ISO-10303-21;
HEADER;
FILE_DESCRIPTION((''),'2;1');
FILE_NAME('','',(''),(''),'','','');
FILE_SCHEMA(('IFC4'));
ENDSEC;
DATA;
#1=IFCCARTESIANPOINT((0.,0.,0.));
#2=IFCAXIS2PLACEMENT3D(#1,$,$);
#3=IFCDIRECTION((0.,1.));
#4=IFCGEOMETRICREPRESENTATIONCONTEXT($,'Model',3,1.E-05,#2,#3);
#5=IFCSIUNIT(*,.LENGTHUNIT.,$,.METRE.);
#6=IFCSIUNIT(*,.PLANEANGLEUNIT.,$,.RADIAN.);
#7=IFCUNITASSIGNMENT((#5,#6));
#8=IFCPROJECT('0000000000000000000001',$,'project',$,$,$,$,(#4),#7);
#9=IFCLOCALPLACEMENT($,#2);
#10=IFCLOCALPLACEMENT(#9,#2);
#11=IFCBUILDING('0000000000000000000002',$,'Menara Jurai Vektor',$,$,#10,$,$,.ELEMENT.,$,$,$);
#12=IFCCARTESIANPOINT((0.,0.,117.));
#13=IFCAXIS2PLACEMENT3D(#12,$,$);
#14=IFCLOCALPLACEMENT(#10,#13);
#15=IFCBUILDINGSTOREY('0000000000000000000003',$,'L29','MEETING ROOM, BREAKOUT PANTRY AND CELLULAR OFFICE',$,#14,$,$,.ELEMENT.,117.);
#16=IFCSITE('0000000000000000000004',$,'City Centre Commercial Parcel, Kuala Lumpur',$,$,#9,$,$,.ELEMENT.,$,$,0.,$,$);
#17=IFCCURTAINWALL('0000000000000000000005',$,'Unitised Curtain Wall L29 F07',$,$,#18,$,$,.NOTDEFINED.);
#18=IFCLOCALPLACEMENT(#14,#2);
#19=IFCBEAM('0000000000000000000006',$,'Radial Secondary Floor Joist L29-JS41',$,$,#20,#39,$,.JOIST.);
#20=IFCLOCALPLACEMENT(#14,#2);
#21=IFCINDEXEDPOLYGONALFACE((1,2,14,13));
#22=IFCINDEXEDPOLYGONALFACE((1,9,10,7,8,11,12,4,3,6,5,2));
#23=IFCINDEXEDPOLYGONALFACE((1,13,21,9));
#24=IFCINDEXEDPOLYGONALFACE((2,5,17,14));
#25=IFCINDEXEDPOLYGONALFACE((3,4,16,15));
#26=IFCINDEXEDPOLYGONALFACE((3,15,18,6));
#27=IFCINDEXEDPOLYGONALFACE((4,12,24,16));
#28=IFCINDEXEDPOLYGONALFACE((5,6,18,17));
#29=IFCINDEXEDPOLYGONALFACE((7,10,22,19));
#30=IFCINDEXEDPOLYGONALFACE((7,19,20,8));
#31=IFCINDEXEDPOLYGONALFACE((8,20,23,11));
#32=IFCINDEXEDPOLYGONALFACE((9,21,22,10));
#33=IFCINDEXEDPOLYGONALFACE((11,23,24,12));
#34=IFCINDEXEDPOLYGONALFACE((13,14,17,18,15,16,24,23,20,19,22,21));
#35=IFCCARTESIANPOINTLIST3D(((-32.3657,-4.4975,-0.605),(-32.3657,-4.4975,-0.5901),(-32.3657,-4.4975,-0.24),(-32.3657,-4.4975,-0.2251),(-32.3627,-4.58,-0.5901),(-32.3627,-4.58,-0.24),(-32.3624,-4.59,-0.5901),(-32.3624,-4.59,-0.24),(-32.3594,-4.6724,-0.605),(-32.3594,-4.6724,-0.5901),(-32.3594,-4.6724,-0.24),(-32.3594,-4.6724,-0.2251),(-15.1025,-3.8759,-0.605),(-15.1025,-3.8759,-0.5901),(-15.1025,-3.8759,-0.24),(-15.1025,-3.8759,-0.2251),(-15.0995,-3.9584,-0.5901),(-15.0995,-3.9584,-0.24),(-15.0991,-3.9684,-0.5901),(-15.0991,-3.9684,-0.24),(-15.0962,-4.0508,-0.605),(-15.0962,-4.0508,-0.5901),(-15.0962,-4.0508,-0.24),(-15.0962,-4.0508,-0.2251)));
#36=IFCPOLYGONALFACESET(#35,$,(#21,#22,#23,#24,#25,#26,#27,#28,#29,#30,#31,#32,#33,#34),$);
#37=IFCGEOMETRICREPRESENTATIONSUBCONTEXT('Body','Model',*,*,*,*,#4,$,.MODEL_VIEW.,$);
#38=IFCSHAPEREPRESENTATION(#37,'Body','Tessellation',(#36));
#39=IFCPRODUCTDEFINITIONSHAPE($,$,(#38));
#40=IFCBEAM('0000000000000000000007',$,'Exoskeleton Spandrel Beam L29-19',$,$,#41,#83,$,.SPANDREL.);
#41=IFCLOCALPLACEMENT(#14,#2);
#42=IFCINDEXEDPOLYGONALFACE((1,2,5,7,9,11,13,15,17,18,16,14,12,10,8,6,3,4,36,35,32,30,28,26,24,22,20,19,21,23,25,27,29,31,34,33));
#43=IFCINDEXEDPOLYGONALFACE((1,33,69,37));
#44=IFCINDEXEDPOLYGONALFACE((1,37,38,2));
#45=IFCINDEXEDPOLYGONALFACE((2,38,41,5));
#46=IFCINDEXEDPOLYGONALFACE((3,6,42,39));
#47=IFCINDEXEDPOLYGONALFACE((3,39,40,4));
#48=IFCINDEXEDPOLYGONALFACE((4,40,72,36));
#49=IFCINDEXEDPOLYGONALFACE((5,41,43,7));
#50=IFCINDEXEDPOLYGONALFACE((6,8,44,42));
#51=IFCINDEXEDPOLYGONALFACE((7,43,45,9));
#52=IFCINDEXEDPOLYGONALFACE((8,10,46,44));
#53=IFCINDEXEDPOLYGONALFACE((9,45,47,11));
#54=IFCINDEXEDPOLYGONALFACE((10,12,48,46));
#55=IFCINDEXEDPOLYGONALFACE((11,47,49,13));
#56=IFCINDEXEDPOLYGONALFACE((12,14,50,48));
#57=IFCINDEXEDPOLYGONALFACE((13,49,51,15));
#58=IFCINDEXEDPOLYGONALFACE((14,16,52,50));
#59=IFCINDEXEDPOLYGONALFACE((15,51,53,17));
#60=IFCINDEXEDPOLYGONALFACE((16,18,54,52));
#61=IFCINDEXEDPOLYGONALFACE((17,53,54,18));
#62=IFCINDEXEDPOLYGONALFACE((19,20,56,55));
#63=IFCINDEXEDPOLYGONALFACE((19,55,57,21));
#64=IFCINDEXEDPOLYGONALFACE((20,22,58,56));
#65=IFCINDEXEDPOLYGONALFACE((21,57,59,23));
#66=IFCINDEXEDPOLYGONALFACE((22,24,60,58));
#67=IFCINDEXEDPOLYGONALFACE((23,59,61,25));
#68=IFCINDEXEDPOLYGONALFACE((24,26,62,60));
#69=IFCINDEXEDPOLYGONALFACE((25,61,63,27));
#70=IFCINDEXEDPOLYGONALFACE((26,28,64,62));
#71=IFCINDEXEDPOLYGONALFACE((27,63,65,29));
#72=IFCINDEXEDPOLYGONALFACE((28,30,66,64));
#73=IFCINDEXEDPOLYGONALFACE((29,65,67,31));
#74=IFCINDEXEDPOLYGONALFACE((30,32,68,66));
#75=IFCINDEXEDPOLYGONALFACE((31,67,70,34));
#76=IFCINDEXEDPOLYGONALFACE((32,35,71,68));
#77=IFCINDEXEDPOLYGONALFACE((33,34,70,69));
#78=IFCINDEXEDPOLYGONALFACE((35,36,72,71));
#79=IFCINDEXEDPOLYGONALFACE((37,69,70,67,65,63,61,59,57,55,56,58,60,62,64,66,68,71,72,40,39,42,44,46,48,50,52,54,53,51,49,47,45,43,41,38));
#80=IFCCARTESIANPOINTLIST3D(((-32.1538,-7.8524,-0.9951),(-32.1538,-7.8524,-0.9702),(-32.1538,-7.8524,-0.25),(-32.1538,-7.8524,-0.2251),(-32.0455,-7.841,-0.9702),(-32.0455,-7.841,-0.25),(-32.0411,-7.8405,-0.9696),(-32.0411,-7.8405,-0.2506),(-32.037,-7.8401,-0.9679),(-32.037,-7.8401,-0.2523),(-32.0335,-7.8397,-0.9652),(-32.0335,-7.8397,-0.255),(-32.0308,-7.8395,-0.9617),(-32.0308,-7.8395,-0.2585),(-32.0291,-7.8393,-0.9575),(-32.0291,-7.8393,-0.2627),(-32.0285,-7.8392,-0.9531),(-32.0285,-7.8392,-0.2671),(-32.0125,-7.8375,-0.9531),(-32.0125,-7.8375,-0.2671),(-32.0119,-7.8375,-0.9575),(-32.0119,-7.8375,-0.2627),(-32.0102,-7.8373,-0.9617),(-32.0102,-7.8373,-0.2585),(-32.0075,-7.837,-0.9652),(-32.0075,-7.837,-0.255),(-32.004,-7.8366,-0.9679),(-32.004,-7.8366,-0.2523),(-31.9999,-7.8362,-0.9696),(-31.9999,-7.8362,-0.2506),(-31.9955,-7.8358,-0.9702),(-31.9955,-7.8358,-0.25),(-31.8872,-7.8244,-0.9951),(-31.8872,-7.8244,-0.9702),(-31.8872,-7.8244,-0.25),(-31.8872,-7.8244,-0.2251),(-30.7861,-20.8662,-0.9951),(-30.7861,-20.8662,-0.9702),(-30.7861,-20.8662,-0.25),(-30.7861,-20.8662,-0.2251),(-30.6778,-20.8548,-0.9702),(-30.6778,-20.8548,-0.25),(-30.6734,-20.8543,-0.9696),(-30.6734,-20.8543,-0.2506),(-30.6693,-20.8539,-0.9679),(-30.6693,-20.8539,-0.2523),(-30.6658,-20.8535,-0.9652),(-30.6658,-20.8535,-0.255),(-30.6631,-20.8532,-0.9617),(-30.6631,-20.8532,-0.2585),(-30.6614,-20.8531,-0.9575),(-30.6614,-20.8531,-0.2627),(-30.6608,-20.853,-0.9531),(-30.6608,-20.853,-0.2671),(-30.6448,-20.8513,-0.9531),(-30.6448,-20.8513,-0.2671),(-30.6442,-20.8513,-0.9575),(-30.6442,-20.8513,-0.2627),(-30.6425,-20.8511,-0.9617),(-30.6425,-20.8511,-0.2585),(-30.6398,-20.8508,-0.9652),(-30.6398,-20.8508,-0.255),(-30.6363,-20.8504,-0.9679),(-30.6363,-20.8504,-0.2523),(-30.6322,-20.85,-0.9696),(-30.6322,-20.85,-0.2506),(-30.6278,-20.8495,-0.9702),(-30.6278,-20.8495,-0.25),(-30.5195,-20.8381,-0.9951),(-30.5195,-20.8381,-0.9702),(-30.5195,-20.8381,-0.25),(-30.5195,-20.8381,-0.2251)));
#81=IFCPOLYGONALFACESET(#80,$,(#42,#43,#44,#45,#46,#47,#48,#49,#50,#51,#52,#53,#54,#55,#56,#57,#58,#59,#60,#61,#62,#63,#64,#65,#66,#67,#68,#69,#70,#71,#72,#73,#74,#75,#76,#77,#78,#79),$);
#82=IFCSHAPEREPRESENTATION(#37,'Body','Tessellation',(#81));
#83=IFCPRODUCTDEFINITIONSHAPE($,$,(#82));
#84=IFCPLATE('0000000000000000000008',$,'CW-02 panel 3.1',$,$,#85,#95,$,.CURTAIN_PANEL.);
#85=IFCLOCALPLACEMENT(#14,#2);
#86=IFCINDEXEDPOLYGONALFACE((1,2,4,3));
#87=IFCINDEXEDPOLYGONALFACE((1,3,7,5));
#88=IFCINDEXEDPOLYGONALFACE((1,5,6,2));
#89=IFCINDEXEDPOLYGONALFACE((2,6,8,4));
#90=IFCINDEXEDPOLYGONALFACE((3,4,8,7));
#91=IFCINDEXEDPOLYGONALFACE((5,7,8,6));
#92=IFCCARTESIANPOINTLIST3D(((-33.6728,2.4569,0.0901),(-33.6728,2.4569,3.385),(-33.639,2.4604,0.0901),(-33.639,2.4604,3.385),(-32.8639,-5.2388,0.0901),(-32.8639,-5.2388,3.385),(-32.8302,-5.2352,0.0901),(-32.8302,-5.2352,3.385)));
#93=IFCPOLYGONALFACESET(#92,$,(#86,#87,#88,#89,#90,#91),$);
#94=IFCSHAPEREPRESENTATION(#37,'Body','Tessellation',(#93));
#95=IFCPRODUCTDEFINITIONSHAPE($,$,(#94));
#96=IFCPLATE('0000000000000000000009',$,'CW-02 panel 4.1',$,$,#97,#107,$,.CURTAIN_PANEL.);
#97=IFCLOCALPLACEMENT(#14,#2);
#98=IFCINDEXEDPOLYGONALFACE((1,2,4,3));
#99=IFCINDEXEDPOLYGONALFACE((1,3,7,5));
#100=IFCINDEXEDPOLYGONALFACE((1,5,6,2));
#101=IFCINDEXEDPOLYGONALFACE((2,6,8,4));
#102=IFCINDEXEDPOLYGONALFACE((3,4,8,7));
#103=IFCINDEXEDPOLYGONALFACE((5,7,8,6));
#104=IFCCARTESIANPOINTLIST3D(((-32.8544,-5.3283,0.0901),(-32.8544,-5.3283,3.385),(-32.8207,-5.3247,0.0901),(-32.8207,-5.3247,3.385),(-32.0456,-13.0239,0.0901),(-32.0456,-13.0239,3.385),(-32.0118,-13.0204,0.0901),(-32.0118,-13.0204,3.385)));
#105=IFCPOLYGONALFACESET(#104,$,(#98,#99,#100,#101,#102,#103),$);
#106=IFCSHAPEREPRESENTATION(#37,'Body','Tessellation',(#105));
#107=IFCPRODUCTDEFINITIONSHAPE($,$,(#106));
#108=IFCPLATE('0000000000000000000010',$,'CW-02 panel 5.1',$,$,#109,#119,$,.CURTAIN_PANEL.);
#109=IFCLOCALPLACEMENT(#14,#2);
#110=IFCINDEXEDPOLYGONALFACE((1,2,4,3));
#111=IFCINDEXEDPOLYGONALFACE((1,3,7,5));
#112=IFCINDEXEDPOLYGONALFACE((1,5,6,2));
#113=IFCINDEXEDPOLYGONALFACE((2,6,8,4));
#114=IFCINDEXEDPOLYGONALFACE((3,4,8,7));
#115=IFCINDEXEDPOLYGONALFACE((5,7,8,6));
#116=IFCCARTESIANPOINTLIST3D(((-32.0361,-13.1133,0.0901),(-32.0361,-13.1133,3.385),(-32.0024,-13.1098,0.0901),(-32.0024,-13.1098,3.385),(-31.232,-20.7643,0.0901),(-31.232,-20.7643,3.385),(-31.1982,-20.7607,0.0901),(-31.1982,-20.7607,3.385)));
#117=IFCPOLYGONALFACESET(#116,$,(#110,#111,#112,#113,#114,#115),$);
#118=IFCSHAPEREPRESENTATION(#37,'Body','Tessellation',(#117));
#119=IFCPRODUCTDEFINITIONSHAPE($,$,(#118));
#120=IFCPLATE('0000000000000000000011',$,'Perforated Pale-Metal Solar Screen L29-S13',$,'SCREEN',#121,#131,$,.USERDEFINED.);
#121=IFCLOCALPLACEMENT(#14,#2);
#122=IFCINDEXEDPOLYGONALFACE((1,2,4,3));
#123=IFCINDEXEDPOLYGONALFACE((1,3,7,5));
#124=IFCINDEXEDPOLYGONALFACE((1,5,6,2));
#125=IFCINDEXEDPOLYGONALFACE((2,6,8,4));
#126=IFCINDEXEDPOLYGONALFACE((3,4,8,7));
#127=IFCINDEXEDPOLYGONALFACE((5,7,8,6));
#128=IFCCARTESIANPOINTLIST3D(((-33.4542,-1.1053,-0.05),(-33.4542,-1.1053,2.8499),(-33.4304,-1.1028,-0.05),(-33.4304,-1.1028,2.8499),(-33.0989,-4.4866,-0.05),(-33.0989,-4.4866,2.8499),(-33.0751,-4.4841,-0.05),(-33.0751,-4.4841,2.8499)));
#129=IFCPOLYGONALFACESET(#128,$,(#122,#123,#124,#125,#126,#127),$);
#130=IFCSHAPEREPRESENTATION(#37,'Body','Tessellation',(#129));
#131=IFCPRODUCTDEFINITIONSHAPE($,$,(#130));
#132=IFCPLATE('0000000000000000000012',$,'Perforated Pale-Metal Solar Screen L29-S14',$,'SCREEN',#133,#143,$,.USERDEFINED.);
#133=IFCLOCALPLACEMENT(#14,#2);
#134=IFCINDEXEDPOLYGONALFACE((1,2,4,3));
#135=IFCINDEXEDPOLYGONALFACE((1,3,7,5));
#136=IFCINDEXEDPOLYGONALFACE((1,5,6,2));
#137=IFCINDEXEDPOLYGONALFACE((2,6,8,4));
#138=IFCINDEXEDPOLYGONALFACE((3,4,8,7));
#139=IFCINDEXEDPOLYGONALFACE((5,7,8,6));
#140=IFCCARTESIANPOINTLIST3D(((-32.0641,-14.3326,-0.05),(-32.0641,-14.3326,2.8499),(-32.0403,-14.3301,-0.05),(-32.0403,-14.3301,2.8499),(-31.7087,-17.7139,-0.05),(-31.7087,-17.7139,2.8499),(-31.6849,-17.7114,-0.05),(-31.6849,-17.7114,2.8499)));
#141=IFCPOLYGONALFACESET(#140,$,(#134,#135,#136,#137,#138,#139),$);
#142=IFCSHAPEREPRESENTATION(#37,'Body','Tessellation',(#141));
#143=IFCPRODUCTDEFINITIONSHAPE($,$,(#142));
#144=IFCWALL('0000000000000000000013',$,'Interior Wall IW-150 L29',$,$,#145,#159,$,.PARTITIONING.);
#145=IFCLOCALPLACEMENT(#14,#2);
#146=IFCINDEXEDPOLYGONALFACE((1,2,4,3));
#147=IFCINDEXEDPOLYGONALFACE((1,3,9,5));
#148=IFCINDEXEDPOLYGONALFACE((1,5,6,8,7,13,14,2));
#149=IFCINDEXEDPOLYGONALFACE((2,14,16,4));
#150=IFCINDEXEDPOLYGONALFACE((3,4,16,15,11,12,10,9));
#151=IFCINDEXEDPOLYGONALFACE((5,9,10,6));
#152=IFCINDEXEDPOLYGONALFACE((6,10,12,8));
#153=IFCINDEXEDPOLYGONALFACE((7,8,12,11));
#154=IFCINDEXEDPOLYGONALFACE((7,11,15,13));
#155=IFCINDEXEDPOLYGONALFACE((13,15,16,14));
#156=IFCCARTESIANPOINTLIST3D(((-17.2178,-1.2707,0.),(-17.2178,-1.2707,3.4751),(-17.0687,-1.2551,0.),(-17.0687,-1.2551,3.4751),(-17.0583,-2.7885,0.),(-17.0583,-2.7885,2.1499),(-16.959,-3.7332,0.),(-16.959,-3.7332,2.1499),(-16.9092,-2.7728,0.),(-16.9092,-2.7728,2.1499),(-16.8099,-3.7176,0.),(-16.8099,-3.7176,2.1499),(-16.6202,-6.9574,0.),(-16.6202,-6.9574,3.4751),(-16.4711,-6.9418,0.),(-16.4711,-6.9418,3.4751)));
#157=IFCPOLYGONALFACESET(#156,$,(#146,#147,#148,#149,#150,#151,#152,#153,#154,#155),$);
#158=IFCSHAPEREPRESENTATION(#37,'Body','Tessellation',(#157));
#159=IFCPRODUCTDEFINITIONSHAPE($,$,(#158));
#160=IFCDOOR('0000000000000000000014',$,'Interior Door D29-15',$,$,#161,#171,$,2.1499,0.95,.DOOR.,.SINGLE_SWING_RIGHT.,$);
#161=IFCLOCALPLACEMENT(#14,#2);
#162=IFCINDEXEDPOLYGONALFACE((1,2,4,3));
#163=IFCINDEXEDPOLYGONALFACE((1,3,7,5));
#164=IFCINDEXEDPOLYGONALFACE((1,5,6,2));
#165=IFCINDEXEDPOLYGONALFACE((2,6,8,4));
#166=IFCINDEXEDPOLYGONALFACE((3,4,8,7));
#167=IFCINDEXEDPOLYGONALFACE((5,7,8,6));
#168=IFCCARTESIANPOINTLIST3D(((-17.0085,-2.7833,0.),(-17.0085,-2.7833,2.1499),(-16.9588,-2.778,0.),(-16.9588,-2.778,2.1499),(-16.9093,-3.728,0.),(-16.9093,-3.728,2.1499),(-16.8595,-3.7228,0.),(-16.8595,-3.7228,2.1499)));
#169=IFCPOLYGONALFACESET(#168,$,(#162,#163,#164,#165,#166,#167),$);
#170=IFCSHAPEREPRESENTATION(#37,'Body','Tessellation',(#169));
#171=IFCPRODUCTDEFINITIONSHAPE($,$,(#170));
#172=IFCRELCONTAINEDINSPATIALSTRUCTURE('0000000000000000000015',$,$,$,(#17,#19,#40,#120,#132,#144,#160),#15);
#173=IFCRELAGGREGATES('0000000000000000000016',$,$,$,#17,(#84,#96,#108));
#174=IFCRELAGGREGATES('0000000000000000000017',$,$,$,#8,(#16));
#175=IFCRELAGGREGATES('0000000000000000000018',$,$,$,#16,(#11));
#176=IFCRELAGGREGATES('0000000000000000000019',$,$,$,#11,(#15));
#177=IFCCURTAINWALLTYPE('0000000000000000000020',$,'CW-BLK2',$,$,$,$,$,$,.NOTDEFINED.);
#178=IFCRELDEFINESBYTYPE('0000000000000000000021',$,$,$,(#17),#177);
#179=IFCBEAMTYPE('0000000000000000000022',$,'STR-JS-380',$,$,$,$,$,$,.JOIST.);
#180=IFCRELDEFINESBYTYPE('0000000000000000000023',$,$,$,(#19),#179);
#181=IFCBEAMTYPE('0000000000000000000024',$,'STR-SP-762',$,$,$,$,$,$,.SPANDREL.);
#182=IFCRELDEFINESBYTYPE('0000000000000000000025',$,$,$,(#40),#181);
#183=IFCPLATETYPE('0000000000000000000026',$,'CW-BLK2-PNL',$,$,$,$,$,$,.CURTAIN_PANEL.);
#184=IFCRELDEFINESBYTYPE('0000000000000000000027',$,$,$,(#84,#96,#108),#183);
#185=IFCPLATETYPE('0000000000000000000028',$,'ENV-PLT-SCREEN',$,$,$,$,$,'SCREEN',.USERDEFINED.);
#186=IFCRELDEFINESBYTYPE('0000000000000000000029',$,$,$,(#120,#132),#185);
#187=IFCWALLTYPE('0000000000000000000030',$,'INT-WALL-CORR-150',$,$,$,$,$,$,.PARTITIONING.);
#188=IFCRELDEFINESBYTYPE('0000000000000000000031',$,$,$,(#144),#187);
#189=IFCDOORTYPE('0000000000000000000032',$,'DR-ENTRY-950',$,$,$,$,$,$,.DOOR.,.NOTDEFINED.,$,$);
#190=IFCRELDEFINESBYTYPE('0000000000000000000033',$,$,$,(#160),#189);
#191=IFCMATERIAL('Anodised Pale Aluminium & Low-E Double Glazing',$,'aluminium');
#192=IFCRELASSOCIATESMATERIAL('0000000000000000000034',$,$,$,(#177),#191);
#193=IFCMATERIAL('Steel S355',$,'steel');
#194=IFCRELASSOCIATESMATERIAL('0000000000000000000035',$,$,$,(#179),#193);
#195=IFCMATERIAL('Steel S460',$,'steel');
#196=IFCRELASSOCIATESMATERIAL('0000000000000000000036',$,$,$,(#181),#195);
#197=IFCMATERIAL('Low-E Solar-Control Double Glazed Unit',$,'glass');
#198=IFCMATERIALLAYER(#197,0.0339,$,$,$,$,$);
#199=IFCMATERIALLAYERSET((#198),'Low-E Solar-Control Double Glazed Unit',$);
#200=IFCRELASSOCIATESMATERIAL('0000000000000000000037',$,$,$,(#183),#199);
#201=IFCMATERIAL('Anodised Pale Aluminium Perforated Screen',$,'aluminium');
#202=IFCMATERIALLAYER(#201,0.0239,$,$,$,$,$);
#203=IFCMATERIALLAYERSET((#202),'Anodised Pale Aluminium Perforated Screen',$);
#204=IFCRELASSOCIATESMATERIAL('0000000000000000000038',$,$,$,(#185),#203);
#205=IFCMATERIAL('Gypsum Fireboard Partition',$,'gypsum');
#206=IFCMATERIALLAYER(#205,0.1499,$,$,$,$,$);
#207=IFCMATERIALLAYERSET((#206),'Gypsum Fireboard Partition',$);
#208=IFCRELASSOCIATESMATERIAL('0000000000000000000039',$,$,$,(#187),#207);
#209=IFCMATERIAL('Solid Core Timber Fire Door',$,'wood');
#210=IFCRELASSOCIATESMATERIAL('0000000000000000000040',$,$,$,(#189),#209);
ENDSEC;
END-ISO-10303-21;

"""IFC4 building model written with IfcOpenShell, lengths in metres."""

from ifc_helpers import new_model, si_unit, direction, frame, frame_2d, origin, origin_2d, place, context, subcontext, project, spatial, rectangle, i_section, extrude, material, layer, layer_set, material_profile, profile_set, type_object, element, fill, aggregate, save


model = new_model("IFC4")

# Units and contexts
model_context = context("Model", 3, precision=1e-05, world=origin(), true_north=direction((0.0, 1.0)))
body_context = subcontext(model_context, "Body", "Model", "MODEL_VIEW")
ifc_project = project(units=[si_unit("LENGTHUNIT", "METRE"), si_unit("PLANEANGLEUNIT", "RADIAN")], contexts=[model_context])

# Site, building, storey
site_placement = place(None, origin())
site = spatial("IfcSite", under=ifc_project, at=site_placement, Name="City Centre Commercial Parcel, Kuala Lumpur", CompositionType="ELEMENT", RefElevation=0.0)
building_placement = place(site_placement, origin())
building = spatial("IfcBuilding", under=site, at=building_placement, Name="Menara Jurai Vektor", CompositionType="ELEMENT")
storey_placement = place(building_placement, frame((0.0, 0.0, 117.0)))
storey = spatial("IfcBuildingStorey", under=building, at=storey_placement, Name="L29", Description="MEETING ROOM, BREAKOUT PANTRY AND CELLULAR OFFICE", CompositionType="ELEMENT", Elevation=117.0)

# Shared definitions
ifc_material_1 = material(Name="Steel S460", Category="steel")

# Curtain wall
ifc_material_2 = material(Name="Anodised Pale Aluminium & Low-E Double Glazing", Category="aluminium")
curtain_wall_type = type_object("IfcCurtainWallType", Name="CW-BLK2", PredefinedType="NOTDEFINED", material=ifc_material_2)
curtain_wall_placement = place(storey_placement, origin())
curtain_wall = element("IfcCurtainWall", 1, at=curtain_wall_placement, inside=storey, type_object=curtain_wall_type, Name="Unitised Curtain Wall L29 F07", PredefinedType="NOTDEFINED")

# Beams
ifc_material_3 = material(Name="Steel S355", Category="steel")
ifc_material_profile_1 = material_profile(ifc_material_3, i_section(OverallWidth=0.175, OverallDepth=0.3799, WebThickness=0.01, FlangeThickness=0.0149, at=origin_2d()), Name="PG 380x175x58")
ifc_profile_set_1 = profile_set([ifc_material_profile_1], Name="Steel S355")
beam_type_1 = type_object("IfcBeamType", Name="STR-JS-380", PredefinedType="JOIST", material=ifc_profile_set_1)
beam_1_placement = place(storey_placement, frame((-32.3625, -4.585, -0.415), z_axis=(0.999352, 0.035983, 0.0), x_axis=(-0.035983, 0.999352, 0.0)))
element("IfcBeam", 2, at=beam_1_placement, inside=storey, type_object=beam_type_1, Name="Radial Secondary Floor Joist L29-JS41", PredefinedType="JOIST", context=body_context, shape_type="SweptSolid", body=[
    extrude(i_section(OverallWidth=0.175, OverallDepth=0.3799, WebThickness=0.01, FlangeThickness=0.0149, at=origin_2d()), origin(), (0.0, 0.0, 1.0), 17.2744),
])
ifc_material_profile_2 = material_profile(ifc_material_1, i_section(OverallWidth=0.2681, OverallDepth=0.77, WebThickness=0.0161, FlangeThickness=0.0249, FilletRadius=0.0171, at=origin_2d()), Name="UKB 762x267x197")
ifc_profile_set_2 = profile_set([ifc_material_profile_2], Name="Steel S460")
beam_type_2 = type_object("IfcBeamType", Name="STR-SP-762", PredefinedType="SPANDREL", material=ifc_profile_set_2)
beam_2_placement = place(storey_placement, frame((-32.0205, -7.8384, -0.6101), z_axis=(0.10452, -0.994523, 0.0), x_axis=(0.994523, 0.10452, 0.0)))
element("IfcBeam", 3, at=beam_2_placement, inside=storey, type_object=beam_type_2, Name="Exoskeleton Spandrel Beam L29-19", PredefinedType="SPANDREL", context=body_context, shape_type="SweptSolid", body=[
    extrude(i_section(OverallWidth=0.2681, OverallDepth=0.77, WebThickness=0.0161, FlangeThickness=0.0249, FilletRadius=0.0171, at=origin_2d()), origin(), (0.0, 0.0, 1.0), 13.0854),
])

# Plates
ifc_material_4 = material(Name="Low-E Solar-Control Double Glazed Unit", Category="glass")
ifc_layer_1 = layer(ifc_material_4, 0.0339)
ifc_layer_set_1 = layer_set([ifc_layer_1], Name="Low-E Solar-Control Double Glazed Unit")
plate_type_1 = type_object("IfcPlateType", Name="CW-BLK2-PNL", PredefinedType="CURTAIN_PANEL", material=ifc_layer_set_1)
plate_1_placement = place(storey_placement, frame((-33.2515, -1.3892, 0.0901), z_axis=(0.0, 0.0, 1.0), x_axis=(0.10453, -0.994522, 0.0)))
plate_1 = element("IfcPlate", 4, at=plate_1_placement, type_object=plate_type_1, Name="CW-02 panel 3.1", PredefinedType="CURTAIN_PANEL", context=body_context, shape_type="SweptSolid", body=[
    extrude(rectangle(XDim=7.738, YDim=0.0339, at=origin_2d()), origin(), (0.0, 0.0, 1.0), 3.2949),
])
plate_2_placement = place(storey_placement, frame((-32.4331, -9.1743, 0.0901), z_axis=(0.0, 0.0, 1.0), x_axis=(0.10453, -0.994522, 0.0)))
plate_2 = element("IfcPlate", 5, at=plate_2_placement, type_object=plate_type_1, Name="CW-02 panel 4.1", PredefinedType="CURTAIN_PANEL", context=body_context, shape_type="SweptSolid", body=[
    extrude(rectangle(XDim=7.738, YDim=0.0339, at=origin_2d()), origin(), (0.0, 0.0, 1.0), 3.2949),
])
plate_3_placement = place(storey_placement, frame((-31.6172, -16.937, 0.0901), z_axis=(0.0, 0.0, 1.0), x_axis=(0.10453, -0.994522, 0.0)))
plate_3 = element("IfcPlate", 6, at=plate_3_placement, type_object=plate_type_1, Name="CW-02 panel 5.1", PredefinedType="CURTAIN_PANEL", context=body_context, shape_type="SweptSolid", body=[
    extrude(rectangle(XDim=7.6931, YDim=0.0339, at=origin_2d()), origin(), (0.0, 0.0, 1.0), 3.2949),
])
aggregate(curtain_wall, [plate_1, plate_2, plate_3])

# Plates
ifc_material_5 = material(Name="Anodised Pale Aluminium Perforated Screen", Category="aluminium")
ifc_layer_2 = layer(ifc_material_5, 0.0239)
ifc_layer_set_2 = layer_set([ifc_layer_2], Name="Anodised Pale Aluminium Perforated Screen")
plate_type_2 = type_object("IfcPlateType", Name="ENV-PLT-SCREEN", ElementType="SCREEN", PredefinedType="USERDEFINED", material=ifc_layer_set_2)
for number, where, z_axis, x_axis, name in (
    (7, (-33.2646, -2.7947, -0.05), (0.0, 0.0, 1.0), (0.104528, -0.994522, 0.0), "Perforated Pale-Metal Solar Screen L29-S13"),
    (8, (-31.8745, -16.022, -0.05), (0.0, 0.0, 1.0), (0.104528, -0.994522, 0.0), "Perforated Pale-Metal Solar Screen L29-S14"),
):
    element("IfcPlate", number, at=place(storey_placement, frame(where, z_axis=z_axis, x_axis=x_axis)), inside=storey, type_object=plate_type_2, Name=name, ObjectType="SCREEN", PredefinedType="USERDEFINED", context=body_context, shape_type="SweptSolid", body=[
        extrude(rectangle(XDim=3.3999, YDim=0.0239, at=origin_2d()), origin(), (0.0, 0.0, 1.0), 2.8999),
    ])

# Wall, opening, door
ifc_material_6 = material(Name="Gypsum Fireboard Partition", Category="gypsum")
ifc_layer_3 = layer(ifc_material_6, 0.1499)
ifc_layer_set_3 = layer_set([ifc_layer_3], Name="Gypsum Fireboard Partition")
wall_type = type_object("IfcWallType", Name="INT-WALL-CORR-150", PredefinedType="PARTITIONING", material=ifc_layer_set_3)
ifc_material_7 = material(Name="Solid Core Timber Fire Door", Category="wood")
door_type = type_object("IfcDoorType", Name="DR-ENTRY-950", OperationType="NOTDEFINED", PredefinedType="DOOR", material=ifc_material_7)
wall_1_placement = place(storey_placement, frame((-16.5457, -6.9495, 0.0), z_axis=(0.0, 0.0, 1.0), x_axis=(-0.10452, 0.994523, 0.0)))
wall_1 = element("IfcWall", 9, at=wall_1_placement, inside=storey, type_object=wall_type, Name="Interior Wall IW-150 L29", PredefinedType="PARTITIONING", context=body_context, shape_type="SweptSolid", body=[
    extrude(rectangle(XDim=5.718, YDim=0.1499, at=frame_2d((2.8589, 0.0))), origin(), (0.0, 0.0, 1.0), 3.4751),
])
opening_1_placement = place(wall_1_placement, frame((3.2417, 0.0, 0.0)))
opening_1 = element("IfcOpeningElement", 10, at=opening_1_placement, cuts=wall_1, PredefinedType="OPENING", context=body_context, shape_type="SweptSolid", body=[
    extrude(rectangle(XDim=0.95, YDim=2.1499, at=frame_2d((0.4751, 1.075))), frame((0.0, 0.085, 0.0), z_axis=(0.0, -1.0, 0.0), x_axis=(1.0, 0.0, 0.0)), (0.0, 0.0, 1.0), 0.1699),
])
door_1_placement = place(opening_1_placement, origin())
door_1 = element("IfcDoor", 11, at=door_1_placement, inside=storey, type_object=door_type, Name="Interior Door D29-15", OperationType="SINGLE_SWING_RIGHT", OverallHeight=2.1499, OverallWidth=0.95, PredefinedType="DOOR", context=body_context, shape_type="SweptSolid", body=[
    extrude(rectangle(XDim=0.95, YDim=2.1499, at=frame_2d((0.4751, 1.075))), frame((0.0, 0.0249, 0.0), z_axis=(0.0, -1.0, 0.0), x_axis=(1.0, 0.0, 0.0)), (0.0, 0.0, 1.0), 0.05),
])
fill(opening_1, door_1)

save(model, "model.ifc")
